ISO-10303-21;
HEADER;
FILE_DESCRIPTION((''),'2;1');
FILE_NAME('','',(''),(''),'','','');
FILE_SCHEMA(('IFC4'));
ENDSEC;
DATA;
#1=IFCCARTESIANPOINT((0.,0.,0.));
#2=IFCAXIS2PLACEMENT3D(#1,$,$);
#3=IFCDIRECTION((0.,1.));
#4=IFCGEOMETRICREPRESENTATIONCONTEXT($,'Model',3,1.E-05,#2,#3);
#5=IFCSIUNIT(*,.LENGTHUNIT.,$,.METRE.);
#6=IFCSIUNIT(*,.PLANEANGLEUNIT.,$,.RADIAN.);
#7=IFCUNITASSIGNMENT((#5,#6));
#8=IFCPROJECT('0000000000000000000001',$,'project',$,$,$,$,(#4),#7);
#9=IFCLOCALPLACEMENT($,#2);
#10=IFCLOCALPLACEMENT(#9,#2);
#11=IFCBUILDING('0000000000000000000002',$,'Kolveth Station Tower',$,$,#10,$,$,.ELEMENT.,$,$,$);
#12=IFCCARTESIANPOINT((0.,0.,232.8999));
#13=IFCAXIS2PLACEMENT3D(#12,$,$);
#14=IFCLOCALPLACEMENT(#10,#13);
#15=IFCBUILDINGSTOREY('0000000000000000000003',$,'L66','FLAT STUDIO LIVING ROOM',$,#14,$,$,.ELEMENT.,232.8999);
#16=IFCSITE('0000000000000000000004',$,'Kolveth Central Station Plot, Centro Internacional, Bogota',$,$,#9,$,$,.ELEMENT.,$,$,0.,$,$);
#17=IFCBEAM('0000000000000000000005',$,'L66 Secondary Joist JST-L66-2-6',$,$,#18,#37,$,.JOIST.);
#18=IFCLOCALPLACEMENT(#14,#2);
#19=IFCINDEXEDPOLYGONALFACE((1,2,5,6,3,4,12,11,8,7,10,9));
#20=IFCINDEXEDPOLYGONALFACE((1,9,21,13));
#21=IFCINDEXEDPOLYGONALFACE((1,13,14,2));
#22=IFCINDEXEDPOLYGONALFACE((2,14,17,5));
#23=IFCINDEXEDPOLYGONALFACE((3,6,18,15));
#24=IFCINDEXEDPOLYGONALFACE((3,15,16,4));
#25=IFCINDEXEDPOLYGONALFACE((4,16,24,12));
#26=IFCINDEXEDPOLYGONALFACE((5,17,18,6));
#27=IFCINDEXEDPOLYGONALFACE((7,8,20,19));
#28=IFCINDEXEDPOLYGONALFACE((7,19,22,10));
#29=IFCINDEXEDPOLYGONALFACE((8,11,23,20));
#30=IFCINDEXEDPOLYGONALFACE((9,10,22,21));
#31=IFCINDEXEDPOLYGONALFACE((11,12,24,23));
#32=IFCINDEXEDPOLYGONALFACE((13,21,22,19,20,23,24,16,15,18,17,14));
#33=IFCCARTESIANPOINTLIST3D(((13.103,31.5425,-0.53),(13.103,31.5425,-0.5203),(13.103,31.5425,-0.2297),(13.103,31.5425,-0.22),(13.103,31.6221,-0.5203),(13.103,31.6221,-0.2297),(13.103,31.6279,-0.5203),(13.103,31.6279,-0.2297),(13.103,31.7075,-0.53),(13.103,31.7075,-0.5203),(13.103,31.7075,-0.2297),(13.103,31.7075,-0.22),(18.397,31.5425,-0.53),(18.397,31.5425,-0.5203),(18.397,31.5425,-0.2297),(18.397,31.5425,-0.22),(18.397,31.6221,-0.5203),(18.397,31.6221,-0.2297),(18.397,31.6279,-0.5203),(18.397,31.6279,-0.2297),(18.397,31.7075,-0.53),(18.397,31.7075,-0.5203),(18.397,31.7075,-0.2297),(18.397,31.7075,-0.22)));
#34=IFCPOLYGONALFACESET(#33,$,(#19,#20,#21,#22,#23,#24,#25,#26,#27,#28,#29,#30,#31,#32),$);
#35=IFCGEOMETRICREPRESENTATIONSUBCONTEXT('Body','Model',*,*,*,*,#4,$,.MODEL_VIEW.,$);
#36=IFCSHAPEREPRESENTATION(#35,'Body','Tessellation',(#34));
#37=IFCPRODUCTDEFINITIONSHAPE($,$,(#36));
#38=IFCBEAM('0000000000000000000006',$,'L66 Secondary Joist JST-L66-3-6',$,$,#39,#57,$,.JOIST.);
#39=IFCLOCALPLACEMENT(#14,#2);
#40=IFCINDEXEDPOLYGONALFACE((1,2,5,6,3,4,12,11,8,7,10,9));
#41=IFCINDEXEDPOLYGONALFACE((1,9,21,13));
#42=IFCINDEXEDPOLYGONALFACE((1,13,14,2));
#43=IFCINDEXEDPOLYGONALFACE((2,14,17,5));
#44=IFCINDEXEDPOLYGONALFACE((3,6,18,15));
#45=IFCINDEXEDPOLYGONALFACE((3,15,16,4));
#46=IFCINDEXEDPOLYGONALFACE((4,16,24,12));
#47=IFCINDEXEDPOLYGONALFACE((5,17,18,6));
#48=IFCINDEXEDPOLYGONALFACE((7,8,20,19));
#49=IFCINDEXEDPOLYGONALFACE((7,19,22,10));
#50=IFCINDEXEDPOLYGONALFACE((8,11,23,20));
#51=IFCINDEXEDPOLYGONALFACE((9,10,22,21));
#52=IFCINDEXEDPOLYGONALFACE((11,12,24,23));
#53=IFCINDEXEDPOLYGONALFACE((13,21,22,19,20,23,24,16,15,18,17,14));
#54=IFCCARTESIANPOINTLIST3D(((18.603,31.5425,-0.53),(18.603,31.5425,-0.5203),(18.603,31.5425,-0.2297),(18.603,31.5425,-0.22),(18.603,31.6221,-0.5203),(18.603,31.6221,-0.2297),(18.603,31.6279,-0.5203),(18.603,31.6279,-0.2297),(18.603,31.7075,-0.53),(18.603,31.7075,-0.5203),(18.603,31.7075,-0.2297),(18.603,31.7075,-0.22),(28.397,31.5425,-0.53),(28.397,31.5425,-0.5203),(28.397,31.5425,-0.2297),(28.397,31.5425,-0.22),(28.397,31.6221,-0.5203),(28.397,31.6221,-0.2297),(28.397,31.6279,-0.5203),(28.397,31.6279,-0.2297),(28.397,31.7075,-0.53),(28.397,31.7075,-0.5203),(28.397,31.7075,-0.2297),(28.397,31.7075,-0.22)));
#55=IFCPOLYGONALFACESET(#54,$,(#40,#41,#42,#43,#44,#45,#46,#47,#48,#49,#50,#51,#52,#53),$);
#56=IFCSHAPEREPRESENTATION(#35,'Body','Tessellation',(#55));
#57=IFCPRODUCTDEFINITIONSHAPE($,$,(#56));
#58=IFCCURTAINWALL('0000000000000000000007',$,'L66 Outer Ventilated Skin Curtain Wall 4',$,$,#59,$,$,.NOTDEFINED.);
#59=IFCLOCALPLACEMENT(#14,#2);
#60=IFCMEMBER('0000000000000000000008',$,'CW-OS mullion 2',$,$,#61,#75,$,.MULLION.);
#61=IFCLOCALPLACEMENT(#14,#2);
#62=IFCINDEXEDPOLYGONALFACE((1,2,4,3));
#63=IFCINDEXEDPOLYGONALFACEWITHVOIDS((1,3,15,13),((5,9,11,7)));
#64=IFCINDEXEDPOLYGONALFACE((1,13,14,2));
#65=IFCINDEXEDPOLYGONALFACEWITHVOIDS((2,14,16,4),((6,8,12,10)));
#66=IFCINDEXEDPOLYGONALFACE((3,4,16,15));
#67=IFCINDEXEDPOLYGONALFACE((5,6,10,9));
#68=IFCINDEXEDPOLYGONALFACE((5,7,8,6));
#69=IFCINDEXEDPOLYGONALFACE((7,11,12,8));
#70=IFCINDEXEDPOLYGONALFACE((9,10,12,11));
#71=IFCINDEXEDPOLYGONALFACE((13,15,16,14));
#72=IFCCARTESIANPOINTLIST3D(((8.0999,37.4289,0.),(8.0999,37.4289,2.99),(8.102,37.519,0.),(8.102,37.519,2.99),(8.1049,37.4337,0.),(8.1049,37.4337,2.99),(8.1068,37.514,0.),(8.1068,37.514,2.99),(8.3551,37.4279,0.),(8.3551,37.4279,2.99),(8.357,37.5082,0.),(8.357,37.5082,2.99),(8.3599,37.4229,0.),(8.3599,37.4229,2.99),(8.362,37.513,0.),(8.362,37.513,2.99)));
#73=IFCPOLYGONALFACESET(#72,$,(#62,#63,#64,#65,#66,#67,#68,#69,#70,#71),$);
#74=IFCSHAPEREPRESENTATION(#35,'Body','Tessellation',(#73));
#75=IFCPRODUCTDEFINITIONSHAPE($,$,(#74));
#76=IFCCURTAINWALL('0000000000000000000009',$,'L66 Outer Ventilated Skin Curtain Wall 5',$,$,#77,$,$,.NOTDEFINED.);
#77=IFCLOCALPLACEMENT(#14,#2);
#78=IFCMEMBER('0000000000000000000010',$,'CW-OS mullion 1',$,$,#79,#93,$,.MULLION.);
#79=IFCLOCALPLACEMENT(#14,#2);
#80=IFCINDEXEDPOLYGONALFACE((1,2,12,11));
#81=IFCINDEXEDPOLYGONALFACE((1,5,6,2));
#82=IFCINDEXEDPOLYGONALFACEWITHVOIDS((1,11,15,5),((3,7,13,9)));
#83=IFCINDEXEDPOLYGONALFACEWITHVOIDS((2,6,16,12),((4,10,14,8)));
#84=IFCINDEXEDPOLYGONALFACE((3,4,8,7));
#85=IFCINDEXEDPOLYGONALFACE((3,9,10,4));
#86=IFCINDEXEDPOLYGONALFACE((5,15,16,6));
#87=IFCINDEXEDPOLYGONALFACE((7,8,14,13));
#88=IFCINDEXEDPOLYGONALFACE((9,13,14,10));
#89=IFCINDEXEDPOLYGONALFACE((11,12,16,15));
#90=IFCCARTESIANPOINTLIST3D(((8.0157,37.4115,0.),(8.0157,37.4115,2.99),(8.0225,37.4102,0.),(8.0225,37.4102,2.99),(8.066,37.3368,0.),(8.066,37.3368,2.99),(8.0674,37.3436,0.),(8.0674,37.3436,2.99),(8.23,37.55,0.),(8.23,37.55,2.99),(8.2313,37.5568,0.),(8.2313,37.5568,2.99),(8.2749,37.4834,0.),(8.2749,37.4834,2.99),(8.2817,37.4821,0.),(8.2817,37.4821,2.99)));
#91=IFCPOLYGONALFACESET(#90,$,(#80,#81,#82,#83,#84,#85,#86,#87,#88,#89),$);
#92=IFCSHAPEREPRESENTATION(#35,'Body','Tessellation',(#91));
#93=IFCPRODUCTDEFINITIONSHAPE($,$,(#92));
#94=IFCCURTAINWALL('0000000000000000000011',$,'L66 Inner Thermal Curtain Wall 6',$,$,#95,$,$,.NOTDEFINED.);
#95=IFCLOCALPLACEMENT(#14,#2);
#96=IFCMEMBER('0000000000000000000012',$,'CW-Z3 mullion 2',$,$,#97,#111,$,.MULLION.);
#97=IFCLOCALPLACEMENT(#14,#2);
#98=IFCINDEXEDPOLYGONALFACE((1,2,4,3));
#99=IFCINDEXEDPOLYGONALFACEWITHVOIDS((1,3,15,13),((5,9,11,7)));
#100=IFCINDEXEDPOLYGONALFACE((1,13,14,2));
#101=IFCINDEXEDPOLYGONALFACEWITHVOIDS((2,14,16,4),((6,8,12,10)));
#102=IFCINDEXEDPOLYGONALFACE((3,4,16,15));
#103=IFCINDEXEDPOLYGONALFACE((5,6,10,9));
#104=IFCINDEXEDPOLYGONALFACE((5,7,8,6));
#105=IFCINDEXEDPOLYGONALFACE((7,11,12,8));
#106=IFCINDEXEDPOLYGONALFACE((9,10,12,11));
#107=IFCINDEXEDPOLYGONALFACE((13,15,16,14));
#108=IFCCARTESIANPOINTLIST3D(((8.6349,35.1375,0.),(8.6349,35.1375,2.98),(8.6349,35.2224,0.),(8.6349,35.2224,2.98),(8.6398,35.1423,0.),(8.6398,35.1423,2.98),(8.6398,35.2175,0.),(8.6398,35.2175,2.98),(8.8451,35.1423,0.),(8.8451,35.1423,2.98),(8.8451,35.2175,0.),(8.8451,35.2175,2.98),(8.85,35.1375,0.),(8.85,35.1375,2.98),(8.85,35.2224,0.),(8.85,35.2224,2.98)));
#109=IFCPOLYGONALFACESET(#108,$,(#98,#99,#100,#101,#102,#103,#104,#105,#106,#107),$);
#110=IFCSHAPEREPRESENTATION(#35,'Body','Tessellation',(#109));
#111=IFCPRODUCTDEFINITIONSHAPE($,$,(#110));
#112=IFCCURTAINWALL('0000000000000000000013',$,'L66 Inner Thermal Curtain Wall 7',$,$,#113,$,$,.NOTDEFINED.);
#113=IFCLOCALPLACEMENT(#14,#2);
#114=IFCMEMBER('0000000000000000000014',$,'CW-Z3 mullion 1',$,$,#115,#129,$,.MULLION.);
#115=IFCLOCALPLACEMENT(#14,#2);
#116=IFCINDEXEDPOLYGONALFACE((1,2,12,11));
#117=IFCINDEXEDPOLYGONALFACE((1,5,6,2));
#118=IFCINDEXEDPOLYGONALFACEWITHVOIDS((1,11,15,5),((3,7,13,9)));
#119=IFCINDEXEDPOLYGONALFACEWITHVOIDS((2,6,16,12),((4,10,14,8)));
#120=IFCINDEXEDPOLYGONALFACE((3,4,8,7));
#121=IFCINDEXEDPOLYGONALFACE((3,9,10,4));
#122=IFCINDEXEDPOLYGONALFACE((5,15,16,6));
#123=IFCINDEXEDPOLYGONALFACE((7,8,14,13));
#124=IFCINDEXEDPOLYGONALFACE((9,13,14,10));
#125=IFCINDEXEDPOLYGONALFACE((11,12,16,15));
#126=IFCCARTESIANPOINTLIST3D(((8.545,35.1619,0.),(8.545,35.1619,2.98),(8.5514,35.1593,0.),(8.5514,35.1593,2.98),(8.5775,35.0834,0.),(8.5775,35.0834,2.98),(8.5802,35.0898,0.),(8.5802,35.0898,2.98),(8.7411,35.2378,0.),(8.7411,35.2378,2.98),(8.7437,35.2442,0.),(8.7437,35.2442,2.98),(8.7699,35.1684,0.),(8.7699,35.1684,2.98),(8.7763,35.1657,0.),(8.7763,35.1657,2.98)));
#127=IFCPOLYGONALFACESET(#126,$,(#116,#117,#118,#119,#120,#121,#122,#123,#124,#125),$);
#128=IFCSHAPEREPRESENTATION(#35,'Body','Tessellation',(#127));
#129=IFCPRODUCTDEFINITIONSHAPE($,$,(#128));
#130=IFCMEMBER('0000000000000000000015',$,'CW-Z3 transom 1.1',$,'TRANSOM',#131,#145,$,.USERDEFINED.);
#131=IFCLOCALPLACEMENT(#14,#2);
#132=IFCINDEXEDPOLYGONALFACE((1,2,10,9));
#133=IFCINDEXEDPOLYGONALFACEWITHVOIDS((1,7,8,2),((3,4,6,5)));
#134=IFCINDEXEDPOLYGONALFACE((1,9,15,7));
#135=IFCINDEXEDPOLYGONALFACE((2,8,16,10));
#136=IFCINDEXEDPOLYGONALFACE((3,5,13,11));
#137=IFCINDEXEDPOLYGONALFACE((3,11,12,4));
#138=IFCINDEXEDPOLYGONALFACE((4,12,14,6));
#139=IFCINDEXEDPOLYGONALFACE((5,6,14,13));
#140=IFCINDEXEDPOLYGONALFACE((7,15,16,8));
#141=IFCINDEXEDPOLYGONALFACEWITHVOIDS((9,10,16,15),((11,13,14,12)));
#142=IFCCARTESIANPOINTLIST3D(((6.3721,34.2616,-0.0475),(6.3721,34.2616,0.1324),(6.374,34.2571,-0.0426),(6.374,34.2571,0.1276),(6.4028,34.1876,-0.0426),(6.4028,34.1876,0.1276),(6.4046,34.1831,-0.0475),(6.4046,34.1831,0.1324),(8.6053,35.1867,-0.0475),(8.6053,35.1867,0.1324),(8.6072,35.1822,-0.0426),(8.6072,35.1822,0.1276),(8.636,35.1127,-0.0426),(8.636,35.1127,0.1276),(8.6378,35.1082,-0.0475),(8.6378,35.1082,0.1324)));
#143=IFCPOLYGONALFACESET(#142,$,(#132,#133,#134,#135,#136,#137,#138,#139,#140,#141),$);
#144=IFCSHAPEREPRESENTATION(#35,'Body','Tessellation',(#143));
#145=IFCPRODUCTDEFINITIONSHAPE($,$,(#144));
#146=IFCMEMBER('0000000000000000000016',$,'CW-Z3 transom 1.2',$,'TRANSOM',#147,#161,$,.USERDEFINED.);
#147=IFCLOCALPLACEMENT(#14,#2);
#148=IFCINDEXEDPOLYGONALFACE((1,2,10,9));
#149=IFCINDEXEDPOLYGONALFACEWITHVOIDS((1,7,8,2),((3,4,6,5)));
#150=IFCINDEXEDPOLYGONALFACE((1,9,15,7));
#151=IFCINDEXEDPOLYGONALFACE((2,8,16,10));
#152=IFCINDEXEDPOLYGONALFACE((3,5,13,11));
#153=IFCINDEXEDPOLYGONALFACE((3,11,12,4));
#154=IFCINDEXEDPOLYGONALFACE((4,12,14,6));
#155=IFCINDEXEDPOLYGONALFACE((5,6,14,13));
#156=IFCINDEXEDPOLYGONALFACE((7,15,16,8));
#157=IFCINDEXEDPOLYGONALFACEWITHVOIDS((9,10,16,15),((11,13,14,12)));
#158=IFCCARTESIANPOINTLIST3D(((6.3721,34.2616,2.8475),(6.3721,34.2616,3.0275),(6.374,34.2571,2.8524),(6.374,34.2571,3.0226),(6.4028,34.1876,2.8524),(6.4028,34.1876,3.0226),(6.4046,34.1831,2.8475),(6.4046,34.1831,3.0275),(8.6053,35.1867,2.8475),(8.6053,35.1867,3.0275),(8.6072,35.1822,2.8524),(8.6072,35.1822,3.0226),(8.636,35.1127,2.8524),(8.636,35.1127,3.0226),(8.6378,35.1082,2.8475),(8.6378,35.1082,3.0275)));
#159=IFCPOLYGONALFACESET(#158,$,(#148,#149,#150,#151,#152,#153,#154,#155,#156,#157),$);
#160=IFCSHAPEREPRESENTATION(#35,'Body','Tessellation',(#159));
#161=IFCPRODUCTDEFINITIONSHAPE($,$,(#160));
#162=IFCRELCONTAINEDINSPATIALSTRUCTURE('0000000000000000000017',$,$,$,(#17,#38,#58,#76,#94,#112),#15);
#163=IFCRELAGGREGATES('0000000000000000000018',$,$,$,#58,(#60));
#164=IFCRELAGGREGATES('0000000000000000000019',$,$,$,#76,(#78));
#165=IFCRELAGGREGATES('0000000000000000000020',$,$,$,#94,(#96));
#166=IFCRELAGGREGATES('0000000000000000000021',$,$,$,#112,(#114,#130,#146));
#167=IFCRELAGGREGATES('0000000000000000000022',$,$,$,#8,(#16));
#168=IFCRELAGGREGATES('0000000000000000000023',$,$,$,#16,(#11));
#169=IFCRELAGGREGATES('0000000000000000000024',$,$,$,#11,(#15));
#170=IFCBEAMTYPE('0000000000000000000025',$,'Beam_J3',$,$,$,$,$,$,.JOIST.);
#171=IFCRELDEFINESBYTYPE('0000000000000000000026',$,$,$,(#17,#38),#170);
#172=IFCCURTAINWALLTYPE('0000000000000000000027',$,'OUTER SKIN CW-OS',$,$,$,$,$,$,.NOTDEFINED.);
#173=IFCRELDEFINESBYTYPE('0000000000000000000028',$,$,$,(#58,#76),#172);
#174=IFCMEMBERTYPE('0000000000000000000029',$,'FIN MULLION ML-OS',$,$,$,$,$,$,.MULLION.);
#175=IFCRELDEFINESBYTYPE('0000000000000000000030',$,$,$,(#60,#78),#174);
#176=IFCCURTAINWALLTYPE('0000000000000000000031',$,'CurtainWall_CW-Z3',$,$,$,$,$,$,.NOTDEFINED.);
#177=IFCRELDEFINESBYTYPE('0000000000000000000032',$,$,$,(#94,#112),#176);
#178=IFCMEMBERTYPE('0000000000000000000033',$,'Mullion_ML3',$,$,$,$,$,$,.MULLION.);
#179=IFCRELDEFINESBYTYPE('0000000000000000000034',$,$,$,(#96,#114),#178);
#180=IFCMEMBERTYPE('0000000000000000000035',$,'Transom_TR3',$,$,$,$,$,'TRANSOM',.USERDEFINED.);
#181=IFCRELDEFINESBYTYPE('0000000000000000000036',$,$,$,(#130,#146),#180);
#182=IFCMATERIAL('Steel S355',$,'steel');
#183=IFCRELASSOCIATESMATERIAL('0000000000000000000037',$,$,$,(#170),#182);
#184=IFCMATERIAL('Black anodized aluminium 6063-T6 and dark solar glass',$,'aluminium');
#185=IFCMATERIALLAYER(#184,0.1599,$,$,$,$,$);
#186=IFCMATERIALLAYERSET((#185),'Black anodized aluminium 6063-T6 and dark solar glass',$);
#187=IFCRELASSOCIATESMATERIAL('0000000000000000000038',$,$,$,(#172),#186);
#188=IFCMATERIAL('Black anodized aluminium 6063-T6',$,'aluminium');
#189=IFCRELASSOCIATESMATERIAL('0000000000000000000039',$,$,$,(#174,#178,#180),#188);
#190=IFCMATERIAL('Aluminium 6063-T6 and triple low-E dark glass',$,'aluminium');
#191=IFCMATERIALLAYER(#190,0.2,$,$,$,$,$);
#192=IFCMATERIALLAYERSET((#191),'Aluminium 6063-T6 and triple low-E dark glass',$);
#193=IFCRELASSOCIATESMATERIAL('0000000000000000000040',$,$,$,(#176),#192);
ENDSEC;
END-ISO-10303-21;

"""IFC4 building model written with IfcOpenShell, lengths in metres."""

from ifc_helpers import new_model, si_unit, direction, frame, origin, origin_2d, place, context, subcontext, project, spatial, hollow_rectangle, i_section, extrude, source, transform, mapped, material, layer, layer_set, material_profile, profile_set, type_object, element, aggregate, save


model = new_model("IFC4")

# Units and contexts
model_context = context("Model", 3, precision=1e-05, world=origin(), true_north=direction((0.0, 1.0)))
body_context = subcontext(model_context, "Body", "Model", "MODEL_VIEW")
ifc_project = project(units=[si_unit("LENGTHUNIT", "METRE"), si_unit("PLANEANGLEUNIT", "RADIAN")], contexts=[model_context])

# Site, building, storey
site_placement = place(None, origin())
site = spatial("IfcSite", under=ifc_project, at=site_placement, Name="Kolveth Central Station Plot, Centro Internacional, Bogota", CompositionType="ELEMENT", RefElevation=0.0)
building_placement = place(site_placement, origin())
building = spatial("IfcBuilding", under=site, at=building_placement, Name="Kolveth Station Tower", CompositionType="ELEMENT")
storey_placement = place(building_placement, frame((0.0, 0.0, 232.8999)))
storey = spatial("IfcBuildingStorey", under=building, at=storey_placement, Name="L66", Description="FLAT STUDIO LIVING ROOM", CompositionType="ELEMENT", Elevation=232.8999)

# Shared definitions
ifc_material_1 = material(Name="Steel S355", Category="steel")

# Beams
ifc_material_profile_1 = material_profile(ifc_material_1, i_section(OverallWidth=0.165, OverallDepth=0.3101, WebThickness=0.0059, FlangeThickness=0.0098, at=origin_2d()), Name="W310x39")
ifc_profile_set_1 = profile_set([ifc_material_profile_1], Name="Steel S355")
beam_type_1 = type_object("IfcBeamType", Name="Beam_J3", PredefinedType="JOIST", material=ifc_profile_set_1)
shared_shape_1 = source(origin(), body_context, "Body", "SweptSolid", [
    extrude(i_section(OverallWidth=0.165, OverallDepth=0.3101, WebThickness=0.0059, FlangeThickness=0.0098, at=origin_2d()), origin(), (0.0, 0.0, 1.0), 5.2939),
])
beam_1_placement = place(storey_placement, frame((13.103, 31.625, -0.375), z_axis=(1.0, 0.0, 0.0), x_axis=(0.0, 1.0, 0.0)))
element("IfcBeam", 1, at=beam_1_placement, inside=storey, type_object=beam_type_1, Name="L66 Secondary Joist JST-L66-2-6", PredefinedType="JOIST", context=body_context, shape_type="MappedRepresentation", body=[
    mapped(shared_shape_1, transform((0.0, 0.0, 0.0), x_axis=(1.0, 0.0, 0.0), y_axis=(0.0, 1.0, 0.0), z_axis=(0.0, 0.0, 1.0), scale=1.0)),
])
shared_shape_2 = source(origin(), body_context, "Body", "SweptSolid", [
    extrude(i_section(OverallWidth=0.165, OverallDepth=0.3101, WebThickness=0.0059, FlangeThickness=0.0098, at=origin_2d()), origin(), (0.0, 0.0, 1.0), 9.7939),
])
beam_2_placement = place(storey_placement, frame((18.603, 31.625, -0.375), z_axis=(1.0, 0.0, 0.0), x_axis=(0.0, 1.0, 0.0)))
element("IfcBeam", 2, at=beam_2_placement, inside=storey, type_object=beam_type_1, Name="L66 Secondary Joist JST-L66-3-6", PredefinedType="JOIST", context=body_context, shape_type="MappedRepresentation", body=[
    mapped(shared_shape_2, transform((0.0, 0.0, 0.0), x_axis=(1.0, 0.0, 0.0), y_axis=(0.0, 1.0, 0.0), z_axis=(0.0, 0.0, 1.0), scale=1.0)),
])

# Curtain walls, members
ifc_material_2 = material(Name="Black anodized aluminium 6063-T6 and dark solar glass", Category="aluminium")
ifc_layer_1 = layer(ifc_material_2, 0.1599)
ifc_layer_set_1 = layer_set([ifc_layer_1], Name="Black anodized aluminium 6063-T6 and dark solar glass")
curtain_wall_type_1 = type_object("IfcCurtainWallType", Name="OUTER SKIN CW-OS", PredefinedType="NOTDEFINED", material=ifc_layer_set_1)
curtain_wall_1_placement = place(storey_placement, origin())
curtain_wall_1 = element("IfcCurtainWall", 3, at=curtain_wall_1_placement, inside=storey, type_object=curtain_wall_type_1, Name="L66 Outer Ventilated Skin Curtain Wall 4", PredefinedType="NOTDEFINED")
ifc_material_3 = material(Name="Black anodized aluminium 6063-T6", Category="aluminium")
ifc_material_profile_2 = material_profile(ifc_material_3, hollow_rectangle(XDim=0.0901, YDim=0.26, WallThickness=0.0049, at=origin_2d()), Name="ALU-90x260x5")
ifc_profile_set_2 = profile_set([ifc_material_profile_2], Name="Black anodized aluminium 6063-T6")
member_type_1 = type_object("IfcMemberType", Name="FIN MULLION ML-OS", PredefinedType="MULLION", material=ifc_profile_set_2)
shared_shape_3 = source(origin(), body_context, "Body", "SweptSolid", [
    extrude(hollow_rectangle(XDim=0.0901, YDim=0.26, WallThickness=0.0049, at=origin_2d()), origin(), (0.0, 0.0, 1.0), 2.99),
])
member_1_placement = place(storey_placement, frame((8.231, 37.4709, 0.0), z_axis=(0.0, 0.0, 1.0), x_axis=(-0.023116, -0.999733, 0.0)))
member_1 = element("IfcMember", 4, at=member_1_placement, type_object=member_type_1, Name="CW-OS mullion 2", PredefinedType="MULLION", context=body_context, shape_type="MappedRepresentation", body=[
    mapped(shared_shape_3, transform((0.0, 0.0, 0.0), x_axis=(1.0, 0.0, 0.0), y_axis=(0.0, 1.0, 0.0), z_axis=(0.0, 0.0, 1.0), scale=1.0)),
])
aggregate(curtain_wall_1, [member_1])
curtain_wall_2_placement = place(storey_placement, origin())
curtain_wall_2 = element("IfcCurtainWall", 5, at=curtain_wall_2_placement, inside=storey, type_object=curtain_wall_type_1, Name="L66 Outer Ventilated Skin Curtain Wall 5", PredefinedType="NOTDEFINED")
member_2_placement = place(storey_placement, frame((8.1487, 37.4468, 0.0), z_axis=(0.0, 0.0, 1.0), x_axis=(0.55876, -0.829329, 0.0)))
member_2 = element("IfcMember", 6, at=member_2_placement, type_object=member_type_1, Name="CW-OS mullion 1", PredefinedType="MULLION", context=body_context, shape_type="MappedRepresentation", body=[
    mapped(shared_shape_3, transform((0.0, 0.0, 0.0), x_axis=(1.0, 0.0, 0.0), y_axis=(0.0, 1.0, 0.0), z_axis=(0.0, 0.0, 1.0), scale=1.0)),
])
aggregate(curtain_wall_2, [member_2])
ifc_material_4 = material(Name="Aluminium 6063-T6 and triple low-E dark glass", Category="aluminium")
ifc_layer_2 = layer(ifc_material_4, 0.2)
ifc_layer_set_2 = layer_set([ifc_layer_2], Name="Aluminium 6063-T6 and triple low-E dark glass")
curtain_wall_type_2 = type_object("IfcCurtainWallType", Name="CurtainWall_CW-Z3", PredefinedType="NOTDEFINED", material=ifc_layer_set_2)
curtain_wall_3_placement = place(storey_placement, origin())
curtain_wall_3 = element("IfcCurtainWall", 7, at=curtain_wall_3_placement, inside=storey, type_object=curtain_wall_type_2, Name="L66 Inner Thermal Curtain Wall 6", PredefinedType="NOTDEFINED")
ifc_material_profile_3 = material_profile(ifc_material_3, hollow_rectangle(XDim=0.085, YDim=0.2151, WallThickness=0.0049, at=origin_2d()), Name="ALU-85x215x5")
ifc_profile_set_3 = profile_set([ifc_material_profile_3], Name="Black anodized aluminium 6063-T6")
member_type_2 = type_object("IfcMemberType", Name="Mullion_ML3", PredefinedType="MULLION", material=ifc_profile_set_3)
shared_shape_4 = source(origin(), body_context, "Body", "SweptSolid", [
    extrude(hollow_rectangle(XDim=0.085, YDim=0.2151, WallThickness=0.0049, at=origin_2d()), origin(), (0.0, 0.0, 1.0), 2.98),
])
member_3_placement = place(storey_placement, frame((8.7424, 35.1799, 0.0), z_axis=(0.0, 0.0, 1.0), x_axis=(0.0, -1.0, 0.0)))
member_3 = element("IfcMember", 8, at=member_3_placement, type_object=member_type_2, Name="CW-Z3 mullion 2", PredefinedType="MULLION", context=body_context, shape_type="MappedRepresentation", body=[
    mapped(shared_shape_4, transform((0.0, 0.0, 0.0), x_axis=(1.0, 0.0, 0.0), y_axis=(0.0, 1.0, 0.0), z_axis=(0.0, 0.0, 1.0), scale=1.0)),
])
aggregate(curtain_wall_3, [member_3])

# Curtain wall, members
curtain_wall_4_placement = place(storey_placement, origin())
curtain_wall_4 = element("IfcCurtainWall", 9, at=curtain_wall_4_placement, inside=storey, type_object=curtain_wall_type_2, Name="L66 Inner Thermal Curtain Wall 7", PredefinedType="NOTDEFINED")
member_4_placement = place(storey_placement, frame((8.6606, 35.1638, 0.0), z_axis=(0.0, 0.0, 1.0), x_axis=(0.382693, -0.923875, 0.0)))
member_4 = element("IfcMember", 10, at=member_4_placement, type_object=member_type_2, Name="CW-Z3 mullion 1", PredefinedType="MULLION", context=body_context, shape_type="MappedRepresentation", body=[
    mapped(shared_shape_4, transform((0.0, 0.0, 0.0), x_axis=(1.0, 0.0, 0.0), y_axis=(0.0, 1.0, 0.0), z_axis=(0.0, 0.0, 1.0), scale=1.0)),
])
ifc_material_profile_4 = material_profile(ifc_material_3, hollow_rectangle(XDim=0.085, YDim=0.1799, WallThickness=0.0049, at=origin_2d()), Name="ALU-85x180x5")
ifc_profile_set_4 = profile_set([ifc_material_profile_4], Name="Black anodized aluminium 6063-T6")
member_type_3 = type_object("IfcMemberType", Name="Transom_TR3", ElementType="TRANSOM", PredefinedType="USERDEFINED", material=ifc_profile_set_4)
shared_shape_5 = source(origin(), body_context, "Body", "SweptSolid", [
    extrude(hollow_rectangle(XDim=0.085, YDim=0.1799, WallThickness=0.0049, at=origin_2d()), origin(), (0.0, 0.0, 1.0), 2.4172),
])
member_5_placement = place(storey_placement, frame((8.6216, 35.1475, 0.0425), z_axis=(-0.923873, -0.3827, 0.0), x_axis=(0.3827, -0.923873, 0.0)))
member_5 = element("IfcMember", 11, at=member_5_placement, type_object=member_type_3, Name="CW-Z3 transom 1.1", ObjectType="TRANSOM", PredefinedType="USERDEFINED", context=body_context, shape_type="MappedRepresentation", body=[
    mapped(shared_shape_5, transform((0.0, 0.0, 0.0), x_axis=(1.0, 0.0, 0.0), y_axis=(0.0, 1.0, 0.0), z_axis=(0.0, 0.0, 1.0), scale=1.0)),
])
member_6_placement = place(storey_placement, frame((8.6216, 35.1475, 2.9375), z_axis=(-0.923873, -0.3827, 0.0), x_axis=(0.3827, -0.923873, 0.0)))
member_6 = element("IfcMember", 12, at=member_6_placement, type_object=member_type_3, Name="CW-Z3 transom 1.2", ObjectType="TRANSOM", PredefinedType="USERDEFINED", context=body_context, shape_type="MappedRepresentation", body=[
    mapped(shared_shape_5, transform((0.0, 0.0, 0.0), x_axis=(1.0, 0.0, 0.0), y_axis=(0.0, 1.0, 0.0), z_axis=(0.0, 0.0, 1.0), scale=1.0)),
])
aggregate(curtain_wall_4, [member_4, member_5, member_6])

save(model, "model.ifc")
